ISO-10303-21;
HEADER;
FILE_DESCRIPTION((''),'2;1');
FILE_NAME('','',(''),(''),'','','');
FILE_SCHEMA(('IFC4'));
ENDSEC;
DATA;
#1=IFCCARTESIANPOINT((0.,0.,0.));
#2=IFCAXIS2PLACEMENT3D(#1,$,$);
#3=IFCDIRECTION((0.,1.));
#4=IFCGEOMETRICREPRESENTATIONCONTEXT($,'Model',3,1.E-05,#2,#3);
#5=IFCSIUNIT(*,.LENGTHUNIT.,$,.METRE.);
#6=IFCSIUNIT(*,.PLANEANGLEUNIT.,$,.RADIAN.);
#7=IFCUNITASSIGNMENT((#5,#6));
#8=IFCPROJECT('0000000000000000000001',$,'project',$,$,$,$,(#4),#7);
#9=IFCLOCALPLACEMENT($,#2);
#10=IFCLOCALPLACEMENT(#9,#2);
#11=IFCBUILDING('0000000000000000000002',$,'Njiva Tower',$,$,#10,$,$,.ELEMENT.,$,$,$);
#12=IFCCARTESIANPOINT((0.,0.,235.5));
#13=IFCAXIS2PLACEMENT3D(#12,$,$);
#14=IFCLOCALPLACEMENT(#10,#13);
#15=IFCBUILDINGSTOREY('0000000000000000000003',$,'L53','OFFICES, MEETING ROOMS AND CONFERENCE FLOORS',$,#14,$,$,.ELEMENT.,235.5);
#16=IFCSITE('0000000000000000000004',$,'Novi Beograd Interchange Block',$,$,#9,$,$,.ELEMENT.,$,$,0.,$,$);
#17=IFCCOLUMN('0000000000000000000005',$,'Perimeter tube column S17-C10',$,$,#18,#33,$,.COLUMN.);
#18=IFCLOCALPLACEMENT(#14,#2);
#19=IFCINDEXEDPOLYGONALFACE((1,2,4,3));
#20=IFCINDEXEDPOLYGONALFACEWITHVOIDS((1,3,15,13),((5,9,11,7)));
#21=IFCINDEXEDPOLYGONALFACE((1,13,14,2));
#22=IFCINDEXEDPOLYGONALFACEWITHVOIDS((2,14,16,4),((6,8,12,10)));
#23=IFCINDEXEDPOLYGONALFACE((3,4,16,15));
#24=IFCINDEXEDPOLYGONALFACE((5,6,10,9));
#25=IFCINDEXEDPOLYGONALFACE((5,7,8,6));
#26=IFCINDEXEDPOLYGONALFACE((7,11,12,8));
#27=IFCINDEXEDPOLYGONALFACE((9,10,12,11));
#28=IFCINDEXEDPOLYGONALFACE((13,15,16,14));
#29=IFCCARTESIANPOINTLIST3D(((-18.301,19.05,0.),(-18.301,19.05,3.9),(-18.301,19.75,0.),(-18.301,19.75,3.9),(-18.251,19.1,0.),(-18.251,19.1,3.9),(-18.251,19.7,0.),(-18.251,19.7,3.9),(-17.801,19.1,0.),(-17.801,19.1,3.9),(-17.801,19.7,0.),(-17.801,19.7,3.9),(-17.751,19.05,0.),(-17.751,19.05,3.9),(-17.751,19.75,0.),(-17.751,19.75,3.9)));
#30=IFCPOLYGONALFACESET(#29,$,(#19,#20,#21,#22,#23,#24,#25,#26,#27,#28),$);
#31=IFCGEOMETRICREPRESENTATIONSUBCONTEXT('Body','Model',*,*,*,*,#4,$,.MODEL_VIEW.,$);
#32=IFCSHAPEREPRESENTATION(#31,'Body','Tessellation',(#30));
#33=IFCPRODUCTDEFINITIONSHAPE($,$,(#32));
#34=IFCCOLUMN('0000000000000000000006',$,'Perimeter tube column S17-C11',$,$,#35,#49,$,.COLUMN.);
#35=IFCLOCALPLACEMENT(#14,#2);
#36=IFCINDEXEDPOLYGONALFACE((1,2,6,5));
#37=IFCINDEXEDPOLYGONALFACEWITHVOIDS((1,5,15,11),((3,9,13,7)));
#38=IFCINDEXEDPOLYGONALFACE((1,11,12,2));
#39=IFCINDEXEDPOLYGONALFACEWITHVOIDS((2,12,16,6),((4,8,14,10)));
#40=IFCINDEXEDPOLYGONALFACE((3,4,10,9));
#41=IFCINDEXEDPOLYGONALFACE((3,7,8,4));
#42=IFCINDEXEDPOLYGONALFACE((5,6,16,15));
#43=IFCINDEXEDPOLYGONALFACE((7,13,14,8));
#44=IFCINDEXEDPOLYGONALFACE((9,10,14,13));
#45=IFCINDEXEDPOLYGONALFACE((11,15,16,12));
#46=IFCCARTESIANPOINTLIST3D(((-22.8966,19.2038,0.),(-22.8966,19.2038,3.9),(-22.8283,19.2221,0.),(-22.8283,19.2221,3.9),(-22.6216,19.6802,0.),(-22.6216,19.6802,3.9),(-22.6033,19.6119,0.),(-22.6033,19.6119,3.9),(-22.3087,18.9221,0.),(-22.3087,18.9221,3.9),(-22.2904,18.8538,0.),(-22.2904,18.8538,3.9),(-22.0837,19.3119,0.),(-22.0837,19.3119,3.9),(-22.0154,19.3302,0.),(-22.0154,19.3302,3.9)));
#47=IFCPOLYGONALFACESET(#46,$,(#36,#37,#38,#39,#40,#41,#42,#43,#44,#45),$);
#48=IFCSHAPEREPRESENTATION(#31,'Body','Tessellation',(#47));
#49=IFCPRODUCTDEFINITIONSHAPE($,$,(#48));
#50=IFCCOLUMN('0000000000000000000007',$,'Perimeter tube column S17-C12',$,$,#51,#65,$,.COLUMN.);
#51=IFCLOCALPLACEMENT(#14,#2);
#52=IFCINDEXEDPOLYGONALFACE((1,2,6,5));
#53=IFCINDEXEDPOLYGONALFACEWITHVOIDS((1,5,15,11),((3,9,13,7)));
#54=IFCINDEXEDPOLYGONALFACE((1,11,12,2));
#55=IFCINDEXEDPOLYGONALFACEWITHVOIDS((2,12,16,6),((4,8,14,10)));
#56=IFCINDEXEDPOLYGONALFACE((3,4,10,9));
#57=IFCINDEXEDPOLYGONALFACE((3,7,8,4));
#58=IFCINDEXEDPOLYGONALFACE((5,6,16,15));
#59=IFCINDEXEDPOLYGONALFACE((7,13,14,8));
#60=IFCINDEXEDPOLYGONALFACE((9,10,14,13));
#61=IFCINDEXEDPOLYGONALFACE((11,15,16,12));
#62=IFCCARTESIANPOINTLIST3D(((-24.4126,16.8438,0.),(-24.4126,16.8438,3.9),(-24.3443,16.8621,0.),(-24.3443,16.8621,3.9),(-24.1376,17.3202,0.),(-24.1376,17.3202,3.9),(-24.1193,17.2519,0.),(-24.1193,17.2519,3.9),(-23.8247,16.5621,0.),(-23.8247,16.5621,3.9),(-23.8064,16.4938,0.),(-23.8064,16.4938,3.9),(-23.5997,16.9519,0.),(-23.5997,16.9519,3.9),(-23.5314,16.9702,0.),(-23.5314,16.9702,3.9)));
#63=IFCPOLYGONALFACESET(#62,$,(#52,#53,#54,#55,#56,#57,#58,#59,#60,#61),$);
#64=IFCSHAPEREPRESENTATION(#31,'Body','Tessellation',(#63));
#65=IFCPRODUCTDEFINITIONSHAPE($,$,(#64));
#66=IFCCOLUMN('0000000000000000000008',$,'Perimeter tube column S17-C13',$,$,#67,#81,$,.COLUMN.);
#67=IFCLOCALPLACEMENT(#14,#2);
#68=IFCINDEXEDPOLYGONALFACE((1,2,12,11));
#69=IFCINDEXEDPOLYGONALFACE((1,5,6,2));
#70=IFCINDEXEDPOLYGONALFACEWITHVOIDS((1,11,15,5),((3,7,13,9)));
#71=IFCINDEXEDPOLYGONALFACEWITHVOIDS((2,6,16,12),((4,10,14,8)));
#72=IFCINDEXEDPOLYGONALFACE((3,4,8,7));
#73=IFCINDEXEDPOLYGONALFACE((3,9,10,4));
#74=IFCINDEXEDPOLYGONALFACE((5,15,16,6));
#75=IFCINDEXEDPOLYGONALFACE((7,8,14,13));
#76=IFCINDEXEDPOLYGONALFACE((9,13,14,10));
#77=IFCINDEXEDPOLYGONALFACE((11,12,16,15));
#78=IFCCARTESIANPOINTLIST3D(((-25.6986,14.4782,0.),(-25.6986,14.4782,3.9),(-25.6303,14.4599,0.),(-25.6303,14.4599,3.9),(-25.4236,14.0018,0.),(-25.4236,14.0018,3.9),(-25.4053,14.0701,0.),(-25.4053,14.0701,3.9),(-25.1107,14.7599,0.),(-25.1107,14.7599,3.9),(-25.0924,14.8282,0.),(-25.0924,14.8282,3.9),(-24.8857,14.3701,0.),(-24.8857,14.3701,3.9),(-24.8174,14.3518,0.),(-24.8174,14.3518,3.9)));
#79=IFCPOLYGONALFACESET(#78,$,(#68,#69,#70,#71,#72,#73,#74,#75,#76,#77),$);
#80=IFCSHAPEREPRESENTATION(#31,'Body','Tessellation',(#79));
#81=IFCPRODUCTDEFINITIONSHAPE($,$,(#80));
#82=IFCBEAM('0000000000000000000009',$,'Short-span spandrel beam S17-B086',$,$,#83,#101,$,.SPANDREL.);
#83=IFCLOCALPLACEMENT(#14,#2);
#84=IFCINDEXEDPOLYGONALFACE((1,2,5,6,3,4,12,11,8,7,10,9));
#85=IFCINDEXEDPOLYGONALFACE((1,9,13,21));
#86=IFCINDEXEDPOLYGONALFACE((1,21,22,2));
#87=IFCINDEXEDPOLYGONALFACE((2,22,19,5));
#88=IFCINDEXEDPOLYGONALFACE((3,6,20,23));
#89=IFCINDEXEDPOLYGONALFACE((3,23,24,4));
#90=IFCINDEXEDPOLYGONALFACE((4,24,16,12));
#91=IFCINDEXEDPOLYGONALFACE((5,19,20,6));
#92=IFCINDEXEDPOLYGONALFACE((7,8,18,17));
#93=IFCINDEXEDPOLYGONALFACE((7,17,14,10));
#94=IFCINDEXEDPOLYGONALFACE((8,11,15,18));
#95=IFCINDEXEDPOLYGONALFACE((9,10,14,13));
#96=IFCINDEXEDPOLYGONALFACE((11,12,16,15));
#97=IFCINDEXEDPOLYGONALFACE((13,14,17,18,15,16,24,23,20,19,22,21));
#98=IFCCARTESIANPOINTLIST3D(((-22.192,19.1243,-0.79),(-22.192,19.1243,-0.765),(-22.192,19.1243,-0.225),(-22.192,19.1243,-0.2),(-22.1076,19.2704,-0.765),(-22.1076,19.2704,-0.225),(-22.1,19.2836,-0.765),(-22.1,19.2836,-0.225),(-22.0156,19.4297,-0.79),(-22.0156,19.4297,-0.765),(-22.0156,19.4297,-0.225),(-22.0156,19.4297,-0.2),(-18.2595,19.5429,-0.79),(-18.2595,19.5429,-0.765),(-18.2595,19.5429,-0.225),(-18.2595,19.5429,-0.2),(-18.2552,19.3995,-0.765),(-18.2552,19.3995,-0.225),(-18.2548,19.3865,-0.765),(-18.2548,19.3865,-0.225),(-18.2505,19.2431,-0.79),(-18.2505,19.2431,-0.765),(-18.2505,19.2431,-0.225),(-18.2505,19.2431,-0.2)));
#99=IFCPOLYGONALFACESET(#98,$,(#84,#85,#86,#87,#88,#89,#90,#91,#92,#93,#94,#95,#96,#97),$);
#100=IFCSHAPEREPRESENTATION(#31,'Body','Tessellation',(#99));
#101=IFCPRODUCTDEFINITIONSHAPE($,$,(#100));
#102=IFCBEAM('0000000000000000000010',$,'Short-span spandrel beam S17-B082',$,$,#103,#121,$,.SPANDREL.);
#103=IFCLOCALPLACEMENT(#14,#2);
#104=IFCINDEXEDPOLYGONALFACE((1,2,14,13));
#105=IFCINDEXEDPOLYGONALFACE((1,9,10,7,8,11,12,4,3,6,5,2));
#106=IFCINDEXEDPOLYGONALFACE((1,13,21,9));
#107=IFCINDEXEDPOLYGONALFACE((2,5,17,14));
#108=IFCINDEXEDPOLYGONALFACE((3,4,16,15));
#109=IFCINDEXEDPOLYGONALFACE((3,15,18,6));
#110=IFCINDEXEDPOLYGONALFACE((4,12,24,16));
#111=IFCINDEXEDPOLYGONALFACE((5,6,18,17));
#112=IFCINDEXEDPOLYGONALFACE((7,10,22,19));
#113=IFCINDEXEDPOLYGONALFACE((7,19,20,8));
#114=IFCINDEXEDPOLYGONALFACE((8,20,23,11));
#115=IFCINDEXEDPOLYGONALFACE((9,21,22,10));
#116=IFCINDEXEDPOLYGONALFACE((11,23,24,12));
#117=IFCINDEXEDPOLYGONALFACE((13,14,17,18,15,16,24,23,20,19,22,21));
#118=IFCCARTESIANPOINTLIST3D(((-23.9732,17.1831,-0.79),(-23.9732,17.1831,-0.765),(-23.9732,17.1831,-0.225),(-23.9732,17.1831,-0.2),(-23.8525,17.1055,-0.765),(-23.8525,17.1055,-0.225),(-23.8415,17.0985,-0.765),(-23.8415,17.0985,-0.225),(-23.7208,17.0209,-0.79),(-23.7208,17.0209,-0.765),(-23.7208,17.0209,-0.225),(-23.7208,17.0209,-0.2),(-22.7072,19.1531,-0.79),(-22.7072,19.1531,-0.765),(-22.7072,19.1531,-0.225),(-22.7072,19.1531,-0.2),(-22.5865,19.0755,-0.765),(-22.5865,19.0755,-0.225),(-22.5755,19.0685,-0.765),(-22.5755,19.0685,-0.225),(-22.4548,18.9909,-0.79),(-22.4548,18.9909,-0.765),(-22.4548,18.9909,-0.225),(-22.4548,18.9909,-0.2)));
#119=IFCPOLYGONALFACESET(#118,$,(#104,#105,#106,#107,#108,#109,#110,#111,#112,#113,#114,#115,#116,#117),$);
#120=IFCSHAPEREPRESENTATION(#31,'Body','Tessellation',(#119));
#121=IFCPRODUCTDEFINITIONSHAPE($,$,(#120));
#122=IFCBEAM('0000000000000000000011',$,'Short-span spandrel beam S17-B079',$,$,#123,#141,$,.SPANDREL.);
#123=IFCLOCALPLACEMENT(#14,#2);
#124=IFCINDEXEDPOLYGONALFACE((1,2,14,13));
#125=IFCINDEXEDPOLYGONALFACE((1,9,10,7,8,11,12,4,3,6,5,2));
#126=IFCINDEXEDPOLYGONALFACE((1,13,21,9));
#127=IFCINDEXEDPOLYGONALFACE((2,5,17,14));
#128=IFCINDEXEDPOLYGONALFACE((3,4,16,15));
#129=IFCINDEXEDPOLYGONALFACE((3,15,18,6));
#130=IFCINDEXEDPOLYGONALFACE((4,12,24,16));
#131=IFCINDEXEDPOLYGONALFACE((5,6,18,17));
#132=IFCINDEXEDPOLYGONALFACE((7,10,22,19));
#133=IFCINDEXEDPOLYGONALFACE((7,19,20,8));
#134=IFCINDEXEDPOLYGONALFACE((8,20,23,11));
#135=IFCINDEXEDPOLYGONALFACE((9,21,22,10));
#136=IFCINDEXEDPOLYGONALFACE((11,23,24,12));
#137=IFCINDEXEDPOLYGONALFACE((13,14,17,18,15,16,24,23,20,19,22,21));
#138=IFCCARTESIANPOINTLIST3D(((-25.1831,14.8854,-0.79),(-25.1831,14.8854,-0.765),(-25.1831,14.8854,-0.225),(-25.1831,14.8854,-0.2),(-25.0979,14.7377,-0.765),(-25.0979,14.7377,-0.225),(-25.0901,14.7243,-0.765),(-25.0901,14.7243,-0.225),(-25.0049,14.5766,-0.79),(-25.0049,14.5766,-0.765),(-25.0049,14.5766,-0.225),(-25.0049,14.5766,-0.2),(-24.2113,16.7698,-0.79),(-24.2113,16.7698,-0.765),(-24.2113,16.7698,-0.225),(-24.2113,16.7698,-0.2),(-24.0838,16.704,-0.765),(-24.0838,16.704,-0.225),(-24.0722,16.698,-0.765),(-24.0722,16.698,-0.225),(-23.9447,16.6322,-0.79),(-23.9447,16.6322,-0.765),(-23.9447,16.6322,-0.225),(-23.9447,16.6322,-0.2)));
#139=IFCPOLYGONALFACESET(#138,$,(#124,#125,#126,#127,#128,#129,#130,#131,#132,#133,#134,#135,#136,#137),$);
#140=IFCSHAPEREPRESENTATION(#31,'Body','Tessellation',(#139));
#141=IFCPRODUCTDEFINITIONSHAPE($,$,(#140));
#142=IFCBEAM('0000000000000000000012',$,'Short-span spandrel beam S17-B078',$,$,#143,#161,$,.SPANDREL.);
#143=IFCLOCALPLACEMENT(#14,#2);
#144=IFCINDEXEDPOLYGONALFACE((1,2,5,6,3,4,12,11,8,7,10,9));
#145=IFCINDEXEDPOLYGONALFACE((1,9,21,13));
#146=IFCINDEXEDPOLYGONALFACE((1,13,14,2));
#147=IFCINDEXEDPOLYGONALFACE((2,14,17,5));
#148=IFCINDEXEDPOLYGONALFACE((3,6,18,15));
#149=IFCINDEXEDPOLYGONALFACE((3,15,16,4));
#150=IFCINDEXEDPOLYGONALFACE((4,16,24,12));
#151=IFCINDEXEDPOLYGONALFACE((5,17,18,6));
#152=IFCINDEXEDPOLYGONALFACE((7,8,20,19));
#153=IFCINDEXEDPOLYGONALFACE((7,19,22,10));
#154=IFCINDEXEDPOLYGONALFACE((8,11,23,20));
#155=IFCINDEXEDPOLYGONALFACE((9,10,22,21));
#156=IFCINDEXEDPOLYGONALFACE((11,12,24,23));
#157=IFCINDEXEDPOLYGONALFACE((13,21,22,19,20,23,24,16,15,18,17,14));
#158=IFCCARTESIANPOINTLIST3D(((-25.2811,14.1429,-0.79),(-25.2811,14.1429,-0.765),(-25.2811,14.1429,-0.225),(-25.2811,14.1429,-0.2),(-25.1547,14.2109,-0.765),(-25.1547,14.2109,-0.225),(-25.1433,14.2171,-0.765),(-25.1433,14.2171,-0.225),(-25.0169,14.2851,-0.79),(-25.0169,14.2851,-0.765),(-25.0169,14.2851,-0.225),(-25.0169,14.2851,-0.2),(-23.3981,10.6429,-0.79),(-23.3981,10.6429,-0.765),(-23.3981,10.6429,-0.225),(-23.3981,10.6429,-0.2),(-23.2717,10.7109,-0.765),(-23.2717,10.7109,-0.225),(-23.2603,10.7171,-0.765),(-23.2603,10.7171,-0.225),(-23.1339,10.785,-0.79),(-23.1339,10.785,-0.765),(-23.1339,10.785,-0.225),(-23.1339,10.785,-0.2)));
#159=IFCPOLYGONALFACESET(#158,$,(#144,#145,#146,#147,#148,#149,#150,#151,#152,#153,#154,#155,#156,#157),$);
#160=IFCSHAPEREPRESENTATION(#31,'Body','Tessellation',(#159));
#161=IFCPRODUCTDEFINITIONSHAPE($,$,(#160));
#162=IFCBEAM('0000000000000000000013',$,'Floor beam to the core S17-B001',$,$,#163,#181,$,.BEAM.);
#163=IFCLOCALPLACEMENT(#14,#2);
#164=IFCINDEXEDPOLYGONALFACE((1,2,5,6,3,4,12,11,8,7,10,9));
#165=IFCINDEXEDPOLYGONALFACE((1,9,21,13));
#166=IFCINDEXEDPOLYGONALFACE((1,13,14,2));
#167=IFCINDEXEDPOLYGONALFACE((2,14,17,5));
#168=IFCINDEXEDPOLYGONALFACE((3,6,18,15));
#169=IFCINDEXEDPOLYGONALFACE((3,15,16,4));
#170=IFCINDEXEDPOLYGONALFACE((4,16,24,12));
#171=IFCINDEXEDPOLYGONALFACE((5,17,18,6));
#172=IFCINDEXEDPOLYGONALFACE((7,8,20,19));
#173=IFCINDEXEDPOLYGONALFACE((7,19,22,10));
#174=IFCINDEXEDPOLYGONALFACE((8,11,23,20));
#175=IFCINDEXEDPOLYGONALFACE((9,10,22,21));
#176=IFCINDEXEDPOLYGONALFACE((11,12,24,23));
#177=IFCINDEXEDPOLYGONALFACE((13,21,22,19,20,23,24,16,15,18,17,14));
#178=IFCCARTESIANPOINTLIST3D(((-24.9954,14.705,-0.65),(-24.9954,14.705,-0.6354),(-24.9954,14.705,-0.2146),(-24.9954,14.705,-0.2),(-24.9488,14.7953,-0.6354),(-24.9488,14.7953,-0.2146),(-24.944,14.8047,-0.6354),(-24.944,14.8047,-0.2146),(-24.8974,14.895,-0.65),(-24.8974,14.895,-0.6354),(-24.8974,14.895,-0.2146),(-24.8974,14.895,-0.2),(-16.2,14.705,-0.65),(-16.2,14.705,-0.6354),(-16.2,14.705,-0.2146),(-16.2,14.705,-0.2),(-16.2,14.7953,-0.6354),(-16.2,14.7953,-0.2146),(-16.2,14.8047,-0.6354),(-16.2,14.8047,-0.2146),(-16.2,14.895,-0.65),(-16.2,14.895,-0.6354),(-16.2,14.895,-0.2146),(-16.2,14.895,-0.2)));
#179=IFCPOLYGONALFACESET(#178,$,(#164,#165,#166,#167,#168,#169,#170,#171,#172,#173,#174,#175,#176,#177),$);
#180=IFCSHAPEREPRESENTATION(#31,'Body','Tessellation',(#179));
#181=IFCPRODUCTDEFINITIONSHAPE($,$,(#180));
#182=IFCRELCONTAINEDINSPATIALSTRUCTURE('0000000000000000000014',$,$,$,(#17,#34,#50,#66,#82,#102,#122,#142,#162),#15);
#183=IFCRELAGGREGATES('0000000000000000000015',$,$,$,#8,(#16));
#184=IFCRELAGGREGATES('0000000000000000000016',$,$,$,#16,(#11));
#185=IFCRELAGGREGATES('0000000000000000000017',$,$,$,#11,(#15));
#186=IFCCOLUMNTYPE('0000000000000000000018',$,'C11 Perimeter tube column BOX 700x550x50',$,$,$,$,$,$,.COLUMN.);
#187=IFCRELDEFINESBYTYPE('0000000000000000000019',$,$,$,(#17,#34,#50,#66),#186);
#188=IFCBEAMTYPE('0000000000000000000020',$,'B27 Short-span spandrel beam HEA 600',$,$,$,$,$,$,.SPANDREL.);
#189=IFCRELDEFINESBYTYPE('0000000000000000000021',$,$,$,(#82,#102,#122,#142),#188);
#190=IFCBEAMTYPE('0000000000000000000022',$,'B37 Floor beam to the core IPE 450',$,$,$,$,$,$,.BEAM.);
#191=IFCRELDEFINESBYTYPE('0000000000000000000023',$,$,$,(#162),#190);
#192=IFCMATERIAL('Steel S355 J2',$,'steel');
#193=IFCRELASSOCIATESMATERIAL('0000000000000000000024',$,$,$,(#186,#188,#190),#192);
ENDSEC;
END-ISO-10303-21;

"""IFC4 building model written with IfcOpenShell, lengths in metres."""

from ifc_helpers import new_model, si_unit, direction, frame, origin, origin_2d, place, context, subcontext, project, spatial, hollow_rectangle, i_section, extrude, clip, halfspace, material, material_profile, profile_set, type_object, element, save


model = new_model("IFC4")

# Units and contexts
model_context = context("Model", 3, precision=1e-05, world=origin(), true_north=direction((0.0, 1.0)))
body_context = subcontext(model_context, "Body", "Model", "MODEL_VIEW")
ifc_project = project(units=[si_unit("LENGTHUNIT", "METRE"), si_unit("PLANEANGLEUNIT", "RADIAN")], contexts=[model_context])

# Site, building, storey
site_placement = place(None, origin())
site = spatial("IfcSite", under=ifc_project, at=site_placement, Name="Novi Beograd Interchange Block", CompositionType="ELEMENT", RefElevation=0.0)
building_placement = place(site_placement, origin())
building = spatial("IfcBuilding", under=site, at=building_placement, Name="Njiva Tower", CompositionType="ELEMENT")
storey_placement = place(building_placement, frame((0.0, 0.0, 235.5)))
storey = spatial("IfcBuildingStorey", under=building, at=storey_placement, Name="L53", Description="OFFICES, MEETING ROOMS AND CONFERENCE FLOORS", CompositionType="ELEMENT", Elevation=235.5)

# Columns
ifc_material_1 = material(Name="Steel S355 J2", Category="steel")
ifc_material_profile_1 = material_profile(ifc_material_1, hollow_rectangle(XDim=0.55, YDim=0.7, WallThickness=0.05, at=origin_2d()), Name="BOX 700x550x50")
ifc_profile_set_1 = profile_set([ifc_material_profile_1], Name="Steel S355 J2")
column_type = type_object("IfcColumnType", Name="C11 Perimeter tube column BOX 700x550x50", PredefinedType="COLUMN", material=ifc_profile_set_1)
for number, where, z_axis, x_axis, name in (
    (1, (-18.026, 19.4, 0.0), (0.0, 0.0, 1.0), (-1.0, 0.0, 0.0), "Perimeter tube column S17-C10"),
    (2, (-22.456, 19.267, 0.0), (0.0, 0.0, 1.0), (-0.5, -0.866025, 0.0), "Perimeter tube column S17-C11"),
    (3, (-23.972, 16.907, 0.0), (0.0, 0.0, 1.0), (-0.5, -0.866025, 0.0), "Perimeter tube column S17-C12"),
    (4, (-25.258, 14.415, 0.0), (0.0, 0.0, 1.0), (0.5, -0.866025, 0.0), "Perimeter tube column S17-C13"),
):
    element("IfcColumn", number, at=place(storey_placement, frame(where, z_axis=z_axis, x_axis=x_axis)), inside=storey, type_object=column_type, Name=name, PredefinedType="COLUMN", context=body_context, shape_type="SweptSolid", body=[
        extrude(hollow_rectangle(XDim=0.55, YDim=0.7, WallThickness=0.05, at=origin_2d()), origin(), (0.0, 0.0, 1.0), 3.9),
    ])

# Beams
ifc_material_profile_2 = material_profile(ifc_material_1, i_section(OverallWidth=0.3, OverallDepth=0.59, WebThickness=0.013, FlangeThickness=0.025, at=origin_2d()), Name="HEA 600")
ifc_profile_set_2 = profile_set([ifc_material_profile_2], Name="Steel S355 J2")
beam_type_1 = type_object("IfcBeamType", Name="B27 Short-span spandrel beam HEA 600", PredefinedType="SPANDREL", material=ifc_profile_set_2)
beam_1_placement = place(storey_placement, frame((-18.255, 19.393, -0.495), z_axis=(-0.999546, -0.030124, 0.0), x_axis=(0.030124, -0.999546, 0.0)))
element("IfcBeam", 5, at=beam_1_placement, inside=storey, type_object=beam_type_1, Name="Short-span spandrel beam S17-B086", PredefinedType="SPANDREL", context=body_context, shape_type="Clipping", body=[
    clip(extrude(i_section(OverallWidth=0.3, OverallDepth=0.59, WebThickness=0.013, FlangeThickness=0.025, at=origin_2d()), origin(), (0.0, 0.0, 1.0), 3.9637), halfspace(frame((-0.0268, 0.0, 3.834), z_axis=(-0.525859, 0.0, 0.850572), x_axis=(0.0, 1.0, 0.0)), False)),
])
beam_2_placement = place(storey_placement, frame((-22.581, 19.072, -0.495), z_axis=(-0.540628, -0.841262, 0.0), x_axis=(0.841262, -0.540628, 0.0)))
element("IfcBeam", 6, at=beam_2_placement, inside=storey, type_object=beam_type_1, Name="Short-span spandrel beam S17-B082", PredefinedType="SPANDREL", context=body_context, shape_type="SweptSolid", body=[
    extrude(i_section(OverallWidth=0.3, OverallDepth=0.59, WebThickness=0.013, FlangeThickness=0.025, at=origin_2d()), origin(), (0.0, 0.0, 1.0), 2.3417),
])
beam_3_placement = place(storey_placement, frame((-24.078, 16.701, -0.495), z_axis=(-0.458367, -0.888763, 0.0), x_axis=(0.888763, -0.458367, 0.0)))
element("IfcBeam", 7, at=beam_3_placement, inside=storey, type_object=beam_type_1, Name="Short-span spandrel beam S17-B079", PredefinedType="SPANDREL", context=body_context, shape_type="Clipping", body=[
    clip(extrude(i_section(OverallWidth=0.3, OverallDepth=0.59, WebThickness=0.013, FlangeThickness=0.025, at=origin_2d()), origin(), (0.0, 0.0, 1.0), 2.3326), halfspace(frame((-0.0275, 0.0, 2.1989), z_axis=(-0.54051, 0.0, 0.841338), x_axis=(0.0, 1.0, 0.0)), False)),
])
beam_4_placement = place(storey_placement, frame((-25.149, 14.214, -0.495), z_axis=(0.473785, -0.880641, 0.0), x_axis=(0.880641, 0.473785, 0.0)))
element("IfcBeam", 8, at=beam_4_placement, inside=storey, type_object=beam_type_1, Name="Short-span spandrel beam S17-B078", PredefinedType="SPANDREL", context=body_context, shape_type="SweptSolid", body=[
    extrude(i_section(OverallWidth=0.3, OverallDepth=0.59, WebThickness=0.013, FlangeThickness=0.025, at=origin_2d()), origin(), (0.0, 0.0, 1.0), 3.9744),
])
ifc_material_profile_3 = material_profile(ifc_material_1, i_section(OverallWidth=0.19, OverallDepth=0.45, WebThickness=0.0094, FlangeThickness=0.0146, at=origin_2d()), Name="IPE 450")
ifc_profile_set_3 = profile_set([ifc_material_profile_3], Name="Steel S355 J2")
beam_type_2 = type_object("IfcBeamType", Name="B37 Floor beam to the core IPE 450", PredefinedType="BEAM", material=ifc_profile_set_3)
beam_5_placement = place(storey_placement, frame((-25.015, 14.8, -0.425), z_axis=(1.0, 0.0, 0.0), x_axis=(0.0, 1.0, 0.0)))
element("IfcBeam", 9, at=beam_5_placement, inside=storey, type_object=beam_type_2, Name="Floor beam to the core S17-B001", PredefinedType="BEAM", context=body_context, shape_type="Clipping", body=[
    clip(extrude(i_section(OverallWidth=0.19, OverallDepth=0.45, WebThickness=0.0094, FlangeThickness=0.0146, at=origin_2d()), origin(), (0.0, 0.0, 1.0), 8.815), halfspace(frame((0.0229, 0.0, 0.0804), z_axis=(0.458331, 0.0, -0.888782), x_axis=(0.0, -1.0, 0.0)), False)),
])

save(model, "model.ifc")
